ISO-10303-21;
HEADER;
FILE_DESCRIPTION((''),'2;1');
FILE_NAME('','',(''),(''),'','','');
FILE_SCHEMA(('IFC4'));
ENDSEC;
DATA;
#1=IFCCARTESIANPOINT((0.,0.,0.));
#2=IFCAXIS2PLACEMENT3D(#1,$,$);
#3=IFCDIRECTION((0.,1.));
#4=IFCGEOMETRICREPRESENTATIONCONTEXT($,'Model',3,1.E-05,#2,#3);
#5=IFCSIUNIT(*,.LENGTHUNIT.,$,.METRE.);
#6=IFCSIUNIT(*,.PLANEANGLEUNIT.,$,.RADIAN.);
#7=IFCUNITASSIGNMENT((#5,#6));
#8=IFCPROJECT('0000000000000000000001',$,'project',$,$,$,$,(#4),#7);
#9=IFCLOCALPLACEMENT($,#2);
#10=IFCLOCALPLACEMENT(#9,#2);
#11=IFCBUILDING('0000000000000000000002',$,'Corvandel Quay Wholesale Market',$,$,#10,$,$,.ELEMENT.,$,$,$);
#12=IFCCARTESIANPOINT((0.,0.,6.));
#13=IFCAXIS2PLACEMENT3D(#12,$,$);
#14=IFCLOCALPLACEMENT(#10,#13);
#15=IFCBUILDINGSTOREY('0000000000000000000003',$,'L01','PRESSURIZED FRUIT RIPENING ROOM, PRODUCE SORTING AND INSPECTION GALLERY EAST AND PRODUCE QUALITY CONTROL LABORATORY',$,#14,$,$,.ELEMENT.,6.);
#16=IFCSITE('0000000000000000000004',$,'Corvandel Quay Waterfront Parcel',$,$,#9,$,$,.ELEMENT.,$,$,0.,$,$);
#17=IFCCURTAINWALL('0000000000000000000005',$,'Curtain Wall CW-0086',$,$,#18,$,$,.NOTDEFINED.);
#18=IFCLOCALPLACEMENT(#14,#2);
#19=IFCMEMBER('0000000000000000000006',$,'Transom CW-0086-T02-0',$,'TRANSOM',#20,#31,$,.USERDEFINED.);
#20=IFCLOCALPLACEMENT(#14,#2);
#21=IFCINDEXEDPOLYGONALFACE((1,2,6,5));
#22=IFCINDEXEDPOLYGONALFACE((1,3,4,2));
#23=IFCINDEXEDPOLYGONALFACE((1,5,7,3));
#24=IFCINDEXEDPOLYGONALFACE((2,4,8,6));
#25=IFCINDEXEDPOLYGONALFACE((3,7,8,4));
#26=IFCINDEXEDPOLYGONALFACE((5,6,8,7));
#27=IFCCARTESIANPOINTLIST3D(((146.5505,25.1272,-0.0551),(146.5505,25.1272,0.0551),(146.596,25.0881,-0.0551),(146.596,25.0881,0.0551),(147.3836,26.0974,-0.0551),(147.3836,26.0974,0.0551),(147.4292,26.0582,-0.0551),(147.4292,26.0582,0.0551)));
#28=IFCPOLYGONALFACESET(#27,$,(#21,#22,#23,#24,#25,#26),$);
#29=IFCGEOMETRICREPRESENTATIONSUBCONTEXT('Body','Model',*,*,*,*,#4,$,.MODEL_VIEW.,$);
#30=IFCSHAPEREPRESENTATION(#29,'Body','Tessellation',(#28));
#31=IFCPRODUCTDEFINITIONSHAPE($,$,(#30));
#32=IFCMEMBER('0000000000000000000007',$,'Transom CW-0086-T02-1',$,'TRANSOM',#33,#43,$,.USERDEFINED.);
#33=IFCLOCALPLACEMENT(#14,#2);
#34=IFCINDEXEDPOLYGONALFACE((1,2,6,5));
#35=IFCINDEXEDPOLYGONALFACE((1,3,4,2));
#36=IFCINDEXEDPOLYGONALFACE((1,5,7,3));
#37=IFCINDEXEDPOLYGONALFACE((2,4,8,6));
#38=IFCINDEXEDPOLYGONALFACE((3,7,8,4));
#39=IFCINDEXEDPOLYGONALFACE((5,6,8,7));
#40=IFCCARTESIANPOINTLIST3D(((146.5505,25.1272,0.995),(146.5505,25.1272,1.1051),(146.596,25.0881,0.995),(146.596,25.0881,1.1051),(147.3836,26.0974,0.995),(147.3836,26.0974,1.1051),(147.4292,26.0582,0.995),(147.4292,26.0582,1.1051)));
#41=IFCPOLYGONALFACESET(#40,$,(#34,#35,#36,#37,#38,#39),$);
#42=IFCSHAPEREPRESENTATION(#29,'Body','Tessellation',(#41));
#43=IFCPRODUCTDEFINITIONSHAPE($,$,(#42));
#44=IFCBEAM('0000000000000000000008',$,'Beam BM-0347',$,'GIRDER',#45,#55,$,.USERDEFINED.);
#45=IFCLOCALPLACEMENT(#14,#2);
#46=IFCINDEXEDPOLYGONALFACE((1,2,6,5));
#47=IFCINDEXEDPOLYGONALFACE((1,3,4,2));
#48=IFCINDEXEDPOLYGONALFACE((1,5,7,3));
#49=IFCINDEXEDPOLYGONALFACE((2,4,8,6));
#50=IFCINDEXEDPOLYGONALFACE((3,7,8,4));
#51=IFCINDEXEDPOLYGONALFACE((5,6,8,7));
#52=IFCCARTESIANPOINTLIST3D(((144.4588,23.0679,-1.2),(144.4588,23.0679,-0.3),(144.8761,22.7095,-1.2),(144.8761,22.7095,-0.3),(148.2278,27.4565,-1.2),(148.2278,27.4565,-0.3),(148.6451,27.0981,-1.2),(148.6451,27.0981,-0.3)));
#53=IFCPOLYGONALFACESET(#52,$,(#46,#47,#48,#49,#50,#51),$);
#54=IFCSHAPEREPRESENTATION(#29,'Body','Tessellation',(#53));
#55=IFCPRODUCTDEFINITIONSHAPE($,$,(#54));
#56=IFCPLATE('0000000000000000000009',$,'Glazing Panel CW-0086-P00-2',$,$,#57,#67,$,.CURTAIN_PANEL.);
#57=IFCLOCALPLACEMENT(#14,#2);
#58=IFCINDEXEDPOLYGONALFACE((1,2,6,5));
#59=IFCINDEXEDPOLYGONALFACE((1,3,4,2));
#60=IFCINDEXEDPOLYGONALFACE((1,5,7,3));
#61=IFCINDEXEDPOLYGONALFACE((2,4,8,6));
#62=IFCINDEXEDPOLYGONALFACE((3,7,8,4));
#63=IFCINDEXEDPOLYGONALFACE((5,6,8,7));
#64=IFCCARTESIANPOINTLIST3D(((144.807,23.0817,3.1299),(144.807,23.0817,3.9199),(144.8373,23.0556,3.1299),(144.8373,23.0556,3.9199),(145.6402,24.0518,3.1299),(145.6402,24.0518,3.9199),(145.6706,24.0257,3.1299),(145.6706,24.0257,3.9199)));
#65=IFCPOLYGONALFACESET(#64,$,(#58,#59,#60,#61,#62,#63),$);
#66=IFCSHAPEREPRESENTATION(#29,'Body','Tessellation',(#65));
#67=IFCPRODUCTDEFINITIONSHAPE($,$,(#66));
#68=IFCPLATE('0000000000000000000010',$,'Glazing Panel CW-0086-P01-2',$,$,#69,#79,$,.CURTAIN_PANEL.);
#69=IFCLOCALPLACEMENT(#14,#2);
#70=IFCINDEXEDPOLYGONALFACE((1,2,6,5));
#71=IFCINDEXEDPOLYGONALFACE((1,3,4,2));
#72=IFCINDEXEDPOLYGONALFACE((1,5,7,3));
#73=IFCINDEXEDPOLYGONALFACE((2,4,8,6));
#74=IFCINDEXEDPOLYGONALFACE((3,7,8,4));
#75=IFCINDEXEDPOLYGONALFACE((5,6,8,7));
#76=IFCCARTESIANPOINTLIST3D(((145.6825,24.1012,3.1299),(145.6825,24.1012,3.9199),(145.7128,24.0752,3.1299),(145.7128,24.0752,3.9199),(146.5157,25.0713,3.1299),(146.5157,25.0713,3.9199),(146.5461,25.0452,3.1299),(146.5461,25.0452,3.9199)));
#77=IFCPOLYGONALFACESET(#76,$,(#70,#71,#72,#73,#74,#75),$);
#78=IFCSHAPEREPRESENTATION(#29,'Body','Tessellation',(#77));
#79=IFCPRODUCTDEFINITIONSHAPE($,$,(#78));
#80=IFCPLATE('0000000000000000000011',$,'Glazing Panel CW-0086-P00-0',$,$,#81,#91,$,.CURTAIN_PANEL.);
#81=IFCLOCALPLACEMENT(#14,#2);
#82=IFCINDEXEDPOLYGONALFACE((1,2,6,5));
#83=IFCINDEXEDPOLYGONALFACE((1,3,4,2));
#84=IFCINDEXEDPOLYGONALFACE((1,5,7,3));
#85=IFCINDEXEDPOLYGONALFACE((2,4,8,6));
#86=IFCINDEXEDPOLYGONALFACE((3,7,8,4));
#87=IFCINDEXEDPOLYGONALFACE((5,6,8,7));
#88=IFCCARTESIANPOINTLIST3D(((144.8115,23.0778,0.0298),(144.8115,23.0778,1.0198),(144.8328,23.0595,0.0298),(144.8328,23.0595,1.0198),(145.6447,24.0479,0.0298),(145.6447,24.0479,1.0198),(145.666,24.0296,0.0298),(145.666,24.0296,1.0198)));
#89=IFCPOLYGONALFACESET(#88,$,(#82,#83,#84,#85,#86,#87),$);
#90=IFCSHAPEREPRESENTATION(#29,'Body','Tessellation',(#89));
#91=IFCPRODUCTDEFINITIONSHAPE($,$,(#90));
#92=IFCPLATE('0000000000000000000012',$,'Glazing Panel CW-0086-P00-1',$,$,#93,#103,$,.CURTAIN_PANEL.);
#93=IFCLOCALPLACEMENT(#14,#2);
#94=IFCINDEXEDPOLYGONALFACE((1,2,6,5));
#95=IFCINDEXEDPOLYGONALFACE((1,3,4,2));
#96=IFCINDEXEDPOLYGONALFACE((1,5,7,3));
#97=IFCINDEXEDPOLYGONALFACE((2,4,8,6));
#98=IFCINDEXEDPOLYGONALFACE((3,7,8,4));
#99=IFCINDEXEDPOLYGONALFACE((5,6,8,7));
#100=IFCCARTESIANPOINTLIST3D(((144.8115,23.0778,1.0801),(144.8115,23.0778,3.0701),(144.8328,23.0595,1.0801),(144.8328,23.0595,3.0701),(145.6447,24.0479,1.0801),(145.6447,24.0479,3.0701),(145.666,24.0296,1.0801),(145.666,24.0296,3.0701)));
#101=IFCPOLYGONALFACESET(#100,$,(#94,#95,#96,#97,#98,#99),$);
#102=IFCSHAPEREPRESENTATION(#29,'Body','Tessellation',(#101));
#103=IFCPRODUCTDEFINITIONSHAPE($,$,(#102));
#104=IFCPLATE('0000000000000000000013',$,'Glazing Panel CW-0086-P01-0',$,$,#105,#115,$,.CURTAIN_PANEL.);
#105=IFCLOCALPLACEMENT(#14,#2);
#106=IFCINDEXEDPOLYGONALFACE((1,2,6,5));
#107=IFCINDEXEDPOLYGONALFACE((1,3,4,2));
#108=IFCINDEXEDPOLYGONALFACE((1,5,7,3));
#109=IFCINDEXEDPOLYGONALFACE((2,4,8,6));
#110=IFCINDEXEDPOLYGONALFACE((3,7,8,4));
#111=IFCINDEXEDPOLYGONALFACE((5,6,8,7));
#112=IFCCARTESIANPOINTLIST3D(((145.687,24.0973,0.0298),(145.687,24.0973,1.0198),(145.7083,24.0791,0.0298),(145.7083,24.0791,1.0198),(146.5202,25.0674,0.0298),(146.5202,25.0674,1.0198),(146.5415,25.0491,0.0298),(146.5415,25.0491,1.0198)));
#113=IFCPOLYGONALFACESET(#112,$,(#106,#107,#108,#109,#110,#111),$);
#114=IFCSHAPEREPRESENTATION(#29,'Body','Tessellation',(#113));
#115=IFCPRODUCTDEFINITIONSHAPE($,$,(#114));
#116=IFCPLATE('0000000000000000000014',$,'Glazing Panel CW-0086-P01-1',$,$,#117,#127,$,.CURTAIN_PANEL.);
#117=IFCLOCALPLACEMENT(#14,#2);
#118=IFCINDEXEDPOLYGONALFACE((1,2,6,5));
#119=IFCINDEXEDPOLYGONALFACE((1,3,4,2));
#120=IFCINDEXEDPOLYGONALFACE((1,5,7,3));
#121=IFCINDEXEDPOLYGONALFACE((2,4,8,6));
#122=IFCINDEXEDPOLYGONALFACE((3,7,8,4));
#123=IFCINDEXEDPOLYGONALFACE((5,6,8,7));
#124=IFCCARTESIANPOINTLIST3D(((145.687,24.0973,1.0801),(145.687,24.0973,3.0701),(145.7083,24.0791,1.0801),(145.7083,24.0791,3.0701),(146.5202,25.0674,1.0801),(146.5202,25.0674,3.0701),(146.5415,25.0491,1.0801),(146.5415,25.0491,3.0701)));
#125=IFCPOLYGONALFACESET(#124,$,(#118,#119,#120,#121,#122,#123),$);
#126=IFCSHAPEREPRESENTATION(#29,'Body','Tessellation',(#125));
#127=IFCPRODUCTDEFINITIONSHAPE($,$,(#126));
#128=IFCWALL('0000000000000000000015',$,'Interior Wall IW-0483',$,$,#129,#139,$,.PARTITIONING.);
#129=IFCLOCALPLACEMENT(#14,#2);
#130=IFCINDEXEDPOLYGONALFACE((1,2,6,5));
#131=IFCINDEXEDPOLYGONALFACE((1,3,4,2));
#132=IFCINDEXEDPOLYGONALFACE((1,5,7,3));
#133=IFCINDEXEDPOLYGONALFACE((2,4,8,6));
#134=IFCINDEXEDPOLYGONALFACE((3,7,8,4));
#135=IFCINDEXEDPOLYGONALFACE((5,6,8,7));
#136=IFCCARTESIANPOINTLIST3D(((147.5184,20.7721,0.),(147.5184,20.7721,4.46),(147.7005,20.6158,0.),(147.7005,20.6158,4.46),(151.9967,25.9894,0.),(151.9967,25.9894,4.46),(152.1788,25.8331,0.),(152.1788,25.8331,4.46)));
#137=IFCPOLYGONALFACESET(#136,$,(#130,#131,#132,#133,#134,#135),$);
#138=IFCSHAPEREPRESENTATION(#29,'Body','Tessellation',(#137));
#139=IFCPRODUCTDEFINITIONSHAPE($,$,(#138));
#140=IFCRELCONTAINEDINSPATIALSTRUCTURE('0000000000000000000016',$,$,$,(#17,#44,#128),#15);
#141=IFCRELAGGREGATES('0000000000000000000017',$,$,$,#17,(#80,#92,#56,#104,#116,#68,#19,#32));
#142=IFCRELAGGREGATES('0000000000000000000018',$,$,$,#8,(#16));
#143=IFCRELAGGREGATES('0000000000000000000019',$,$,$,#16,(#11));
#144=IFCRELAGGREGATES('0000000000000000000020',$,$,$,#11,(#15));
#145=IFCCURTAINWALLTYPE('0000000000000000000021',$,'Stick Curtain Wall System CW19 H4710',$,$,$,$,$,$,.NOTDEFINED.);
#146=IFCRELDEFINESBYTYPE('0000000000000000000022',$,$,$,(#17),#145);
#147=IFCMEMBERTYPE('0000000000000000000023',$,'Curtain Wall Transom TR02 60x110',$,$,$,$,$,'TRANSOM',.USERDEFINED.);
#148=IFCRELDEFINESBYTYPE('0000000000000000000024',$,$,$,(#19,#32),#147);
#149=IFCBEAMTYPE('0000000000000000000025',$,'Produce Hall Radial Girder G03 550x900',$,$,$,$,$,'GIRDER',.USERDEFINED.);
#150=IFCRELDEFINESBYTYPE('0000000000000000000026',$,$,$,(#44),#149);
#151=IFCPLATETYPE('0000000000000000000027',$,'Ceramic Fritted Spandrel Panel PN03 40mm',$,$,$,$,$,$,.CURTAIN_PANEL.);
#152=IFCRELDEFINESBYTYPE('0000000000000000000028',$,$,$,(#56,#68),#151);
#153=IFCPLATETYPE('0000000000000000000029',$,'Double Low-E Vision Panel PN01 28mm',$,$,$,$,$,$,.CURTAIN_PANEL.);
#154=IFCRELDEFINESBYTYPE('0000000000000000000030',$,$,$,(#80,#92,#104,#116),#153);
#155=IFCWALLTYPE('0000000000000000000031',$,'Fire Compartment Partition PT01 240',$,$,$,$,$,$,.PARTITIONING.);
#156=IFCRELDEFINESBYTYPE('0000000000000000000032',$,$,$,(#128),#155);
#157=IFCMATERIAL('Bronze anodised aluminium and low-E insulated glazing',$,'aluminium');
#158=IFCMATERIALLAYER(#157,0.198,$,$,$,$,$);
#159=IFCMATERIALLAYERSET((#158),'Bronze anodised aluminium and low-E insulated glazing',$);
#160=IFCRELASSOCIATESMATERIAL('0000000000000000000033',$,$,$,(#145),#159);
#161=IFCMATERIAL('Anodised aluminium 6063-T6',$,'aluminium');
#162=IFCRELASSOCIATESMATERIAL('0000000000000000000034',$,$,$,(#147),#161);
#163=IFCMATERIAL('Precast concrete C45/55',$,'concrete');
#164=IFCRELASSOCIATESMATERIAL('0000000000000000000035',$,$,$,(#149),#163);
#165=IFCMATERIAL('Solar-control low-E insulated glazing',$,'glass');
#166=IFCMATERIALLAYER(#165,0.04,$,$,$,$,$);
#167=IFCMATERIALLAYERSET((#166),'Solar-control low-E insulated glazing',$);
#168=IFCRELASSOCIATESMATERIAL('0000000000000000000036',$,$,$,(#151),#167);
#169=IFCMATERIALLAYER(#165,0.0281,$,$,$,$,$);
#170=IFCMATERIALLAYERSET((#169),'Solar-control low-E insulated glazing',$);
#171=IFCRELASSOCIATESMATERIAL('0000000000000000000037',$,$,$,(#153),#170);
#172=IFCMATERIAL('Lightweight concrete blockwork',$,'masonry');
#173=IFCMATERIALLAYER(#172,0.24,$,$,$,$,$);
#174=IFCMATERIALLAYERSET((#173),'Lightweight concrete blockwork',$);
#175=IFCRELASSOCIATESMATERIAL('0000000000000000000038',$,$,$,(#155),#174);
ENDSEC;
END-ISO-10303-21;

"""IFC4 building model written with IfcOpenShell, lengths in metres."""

from ifc_helpers import new_model, si_unit, direction, frame, frame_2d, origin, origin_2d, place, context, subcontext, project, spatial, rectangle, extrude, material, layer, layer_set, material_profile, profile_set, type_object, element, aggregate, save


model = new_model("IFC4")

# Units and contexts
model_context = context("Model", 3, precision=1e-05, world=origin(), true_north=direction((0.0, 1.0)))
body_context = subcontext(model_context, "Body", "Model", "MODEL_VIEW")
ifc_project = project(units=[si_unit("LENGTHUNIT", "METRE"), si_unit("PLANEANGLEUNIT", "RADIAN")], contexts=[model_context])

# Site, building, storey
site_placement = place(None, origin())
site = spatial("IfcSite", under=ifc_project, at=site_placement, Name="Corvandel Quay Waterfront Parcel", CompositionType="ELEMENT", RefElevation=0.0)
building_placement = place(site_placement, origin())
building = spatial("IfcBuilding", under=site, at=building_placement, Name="Corvandel Quay Wholesale Market", CompositionType="ELEMENT")
storey_placement = place(building_placement, frame((0.0, 0.0, 6.0)))
storey = spatial("IfcBuildingStorey", under=building, at=storey_placement, Name="L01", Description="PRESSURIZED FRUIT RIPENING ROOM, PRODUCE SORTING AND INSPECTION GALLERY EAST AND PRODUCE QUALITY CONTROL LABORATORY", CompositionType="ELEMENT", Elevation=6.0)

# Shared definitions
ifc_material_1 = material(Name="Precast concrete C45/55", Category="concrete")

# Curtain wall, members
ifc_material_2 = material(Name="Bronze anodised aluminium and low-E insulated glazing", Category="aluminium")
ifc_layer_1 = layer(ifc_material_2, 0.198)
ifc_layer_set_1 = layer_set([ifc_layer_1], Name="Bronze anodised aluminium and low-E insulated glazing")
curtain_wall_type = type_object("IfcCurtainWallType", Name="Stick Curtain Wall System CW19 H4710", PredefinedType="NOTDEFINED", material=ifc_layer_set_1)
curtain_wall_placement = place(storey_placement, origin())
curtain_wall = element("IfcCurtainWall", 1, at=curtain_wall_placement, inside=storey, type_object=curtain_wall_type, Name="Curtain Wall CW-0086", PredefinedType="NOTDEFINED")
ifc_material_3 = material(Name="Anodised aluminium 6063-T6", Category="aluminium")
ifc_material_profile_1 = material_profile(ifc_material_3, rectangle(XDim=0.0601, YDim=0.1101, at=origin_2d()), Name="ALU-TRN-60x110")
ifc_profile_set_1 = profile_set([ifc_material_profile_1], Name="Anodised aluminium 6063-T6")
member_type_1 = type_object("IfcMemberType", Name="Curtain Wall Transom TR02 60x110", ElementType="TRANSOM", PredefinedType="USERDEFINED", material=ifc_profile_set_1)
member_1_placement = place(storey_placement, frame((146.5732, 25.1077, 0.0), z_axis=(0.65153, 0.758623, 0.0), x_axis=(-0.758623, 0.65153, 0.0)))
member_1 = element("IfcMember", 2, at=member_1_placement, type_object=member_type_1, Name="Transom CW-0086-T02-0", ObjectType="TRANSOM", PredefinedType="USERDEFINED", context=body_context, shape_type="SweptSolid", body=[
    extrude(rectangle(XDim=0.0601, YDim=0.1101, at=origin_2d()), origin(), (0.0, 0.0, 1.0), 1.2788),
])
member_2_placement = place(storey_placement, frame((146.5732, 25.1077, 1.05), z_axis=(0.65153, 0.758623, 0.0), x_axis=(-0.758623, 0.65153, 0.0)))
member_2 = element("IfcMember", 3, at=member_2_placement, type_object=member_type_1, Name="Transom CW-0086-T02-1", ObjectType="TRANSOM", PredefinedType="USERDEFINED", context=body_context, shape_type="SweptSolid", body=[
    extrude(rectangle(XDim=0.0601, YDim=0.1101, at=origin_2d()), origin(), (0.0, 0.0, 1.0), 1.2788),
])

# Beam
ifc_material_profile_2 = material_profile(ifc_material_1, rectangle(XDim=0.55, YDim=0.8999, at=origin_2d()), Name="PC-GIR-550x900")
ifc_profile_set_2 = profile_set([ifc_material_profile_2], Name="Precast concrete C45/55")
beam_type = type_object("IfcBeamType", Name="Produce Hall Radial Girder G03 550x900", ElementType="GIRDER", PredefinedType="USERDEFINED", material=ifc_profile_set_2)
beam_placement = place(storey_placement, frame((144.6675, 22.8887, -0.75), z_axis=(0.651521, 0.758631, 0.0), x_axis=(-0.758631, 0.651521, 0.0)))
element("IfcBeam", 4, at=beam_placement, inside=storey, type_object=beam_type, Name="Beam BM-0347", ObjectType="GIRDER", PredefinedType="USERDEFINED", context=body_context, shape_type="SweptSolid", body=[
    extrude(rectangle(XDim=0.55, YDim=0.8999, at=origin_2d()), origin(), (0.0, 0.0, 1.0), 5.7849),
])

# Plates
ifc_material_4 = material(Name="Solar-control low-E insulated glazing", Category="glass")
ifc_layer_2 = layer(ifc_material_4, 0.04)
ifc_layer_set_2 = layer_set([ifc_layer_2], Name="Solar-control low-E insulated glazing")
plate_type_1 = type_object("IfcPlateType", Name="Ceramic Fritted Spandrel Panel PN03 40mm", PredefinedType="CURTAIN_PANEL", material=ifc_layer_set_2)
plate_1_placement = place(storey_placement, frame((145.2388, 23.5537, 3.1299), z_axis=(0.0, 0.0, 1.0), x_axis=(0.651569, 0.758589, 0.0)))
plate_1 = element("IfcPlate", 5, at=plate_1_placement, type_object=plate_type_1, Name="Glazing Panel CW-0086-P00-2", PredefinedType="CURTAIN_PANEL", context=body_context, shape_type="SweptSolid", body=[
    extrude(rectangle(XDim=1.2788, YDim=0.04, at=origin_2d()), origin(), (0.0, 0.0, 1.0), 0.79),
])
plate_2_placement = place(storey_placement, frame((146.1143, 24.5732, 3.1299), z_axis=(0.0, 0.0, 1.0), x_axis=(0.651569, 0.758589, 0.0)))
plate_2 = element("IfcPlate", 6, at=plate_2_placement, type_object=plate_type_1, Name="Glazing Panel CW-0086-P01-2", PredefinedType="CURTAIN_PANEL", context=body_context, shape_type="SweptSolid", body=[
    extrude(rectangle(XDim=1.2788, YDim=0.04, at=origin_2d()), origin(), (0.0, 0.0, 1.0), 0.79),
])
ifc_layer_3 = layer(ifc_material_4, 0.0281)
ifc_layer_set_3 = layer_set([ifc_layer_3], Name="Solar-control low-E insulated glazing")
plate_type_2 = type_object("IfcPlateType", Name="Double Low-E Vision Panel PN01 28mm", PredefinedType="CURTAIN_PANEL", material=ifc_layer_set_3)
plate_3_placement = place(storey_placement, frame((145.2388, 23.5537, 0.0298), z_axis=(0.0, 0.0, 1.0), x_axis=(0.651569, 0.758589, 0.0)))
plate_3 = element("IfcPlate", 7, at=plate_3_placement, type_object=plate_type_2, Name="Glazing Panel CW-0086-P00-0", PredefinedType="CURTAIN_PANEL", context=body_context, shape_type="SweptSolid", body=[
    extrude(rectangle(XDim=1.2788, YDim=0.0281, at=origin_2d()), origin(), (0.0, 0.0, 1.0), 0.99),
])
plate_4_placement = place(storey_placement, frame((145.2388, 23.5537, 1.0801), z_axis=(0.0, 0.0, 1.0), x_axis=(0.651569, 0.758589, 0.0)))
plate_4 = element("IfcPlate", 8, at=plate_4_placement, type_object=plate_type_2, Name="Glazing Panel CW-0086-P00-1", PredefinedType="CURTAIN_PANEL", context=body_context, shape_type="SweptSolid", body=[
    extrude(rectangle(XDim=1.2788, YDim=0.0281, at=origin_2d()), origin(), (0.0, 0.0, 1.0), 1.99),
])
plate_5_placement = place(storey_placement, frame((146.1143, 24.5732, 0.0298), z_axis=(0.0, 0.0, 1.0), x_axis=(0.651569, 0.758589, 0.0)))
plate_5 = element("IfcPlate", 9, at=plate_5_placement, type_object=plate_type_2, Name="Glazing Panel CW-0086-P01-0", PredefinedType="CURTAIN_PANEL", context=body_context, shape_type="SweptSolid", body=[
    extrude(rectangle(XDim=1.2788, YDim=0.0281, at=origin_2d()), origin(), (0.0, 0.0, 1.0), 0.99),
])
plate_6_placement = place(storey_placement, frame((146.1143, 24.5732, 1.0801), z_axis=(0.0, 0.0, 1.0), x_axis=(0.651569, 0.758589, 0.0)))
plate_6 = element("IfcPlate", 10, at=plate_6_placement, type_object=plate_type_2, Name="Glazing Panel CW-0086-P01-1", PredefinedType="CURTAIN_PANEL", context=body_context, shape_type="SweptSolid", body=[
    extrude(rectangle(XDim=1.2788, YDim=0.0281, at=origin_2d()), origin(), (0.0, 0.0, 1.0), 1.99),
])
aggregate(curtain_wall, [plate_3, plate_4, plate_1, plate_5, plate_6, plate_2, member_1, member_2])

# Wall
ifc_material_5 = material(Name="Lightweight concrete blockwork", Category="masonry")
ifc_layer_4 = layer(ifc_material_5, 0.24)
ifc_layer_set_4 = layer_set([ifc_layer_4], Name="Lightweight concrete blockwork")
wall_type = type_object("IfcWallType", Name="Fire Compartment Partition PT01 240", PredefinedType="PARTITIONING", material=ifc_layer_set_4)
wall_placement = place(storey_placement, frame((147.6094, 20.6938, 0.0), z_axis=(0.0, 0.0, 1.0), x_axis=(0.65132, 0.758803, 0.0)))
element("IfcWall", 11, at=wall_placement, inside=storey, type_object=wall_type, Name="Interior Wall IW-0483", PredefinedType="PARTITIONING", context=body_context, shape_type="SweptSolid", body=[
    extrude(rectangle(XDim=6.8757, YDim=0.24, at=frame_2d((3.438, 0.0))), origin(), (0.0, 0.0, 1.0), 4.46),
])

save(model, "model.ifc")
